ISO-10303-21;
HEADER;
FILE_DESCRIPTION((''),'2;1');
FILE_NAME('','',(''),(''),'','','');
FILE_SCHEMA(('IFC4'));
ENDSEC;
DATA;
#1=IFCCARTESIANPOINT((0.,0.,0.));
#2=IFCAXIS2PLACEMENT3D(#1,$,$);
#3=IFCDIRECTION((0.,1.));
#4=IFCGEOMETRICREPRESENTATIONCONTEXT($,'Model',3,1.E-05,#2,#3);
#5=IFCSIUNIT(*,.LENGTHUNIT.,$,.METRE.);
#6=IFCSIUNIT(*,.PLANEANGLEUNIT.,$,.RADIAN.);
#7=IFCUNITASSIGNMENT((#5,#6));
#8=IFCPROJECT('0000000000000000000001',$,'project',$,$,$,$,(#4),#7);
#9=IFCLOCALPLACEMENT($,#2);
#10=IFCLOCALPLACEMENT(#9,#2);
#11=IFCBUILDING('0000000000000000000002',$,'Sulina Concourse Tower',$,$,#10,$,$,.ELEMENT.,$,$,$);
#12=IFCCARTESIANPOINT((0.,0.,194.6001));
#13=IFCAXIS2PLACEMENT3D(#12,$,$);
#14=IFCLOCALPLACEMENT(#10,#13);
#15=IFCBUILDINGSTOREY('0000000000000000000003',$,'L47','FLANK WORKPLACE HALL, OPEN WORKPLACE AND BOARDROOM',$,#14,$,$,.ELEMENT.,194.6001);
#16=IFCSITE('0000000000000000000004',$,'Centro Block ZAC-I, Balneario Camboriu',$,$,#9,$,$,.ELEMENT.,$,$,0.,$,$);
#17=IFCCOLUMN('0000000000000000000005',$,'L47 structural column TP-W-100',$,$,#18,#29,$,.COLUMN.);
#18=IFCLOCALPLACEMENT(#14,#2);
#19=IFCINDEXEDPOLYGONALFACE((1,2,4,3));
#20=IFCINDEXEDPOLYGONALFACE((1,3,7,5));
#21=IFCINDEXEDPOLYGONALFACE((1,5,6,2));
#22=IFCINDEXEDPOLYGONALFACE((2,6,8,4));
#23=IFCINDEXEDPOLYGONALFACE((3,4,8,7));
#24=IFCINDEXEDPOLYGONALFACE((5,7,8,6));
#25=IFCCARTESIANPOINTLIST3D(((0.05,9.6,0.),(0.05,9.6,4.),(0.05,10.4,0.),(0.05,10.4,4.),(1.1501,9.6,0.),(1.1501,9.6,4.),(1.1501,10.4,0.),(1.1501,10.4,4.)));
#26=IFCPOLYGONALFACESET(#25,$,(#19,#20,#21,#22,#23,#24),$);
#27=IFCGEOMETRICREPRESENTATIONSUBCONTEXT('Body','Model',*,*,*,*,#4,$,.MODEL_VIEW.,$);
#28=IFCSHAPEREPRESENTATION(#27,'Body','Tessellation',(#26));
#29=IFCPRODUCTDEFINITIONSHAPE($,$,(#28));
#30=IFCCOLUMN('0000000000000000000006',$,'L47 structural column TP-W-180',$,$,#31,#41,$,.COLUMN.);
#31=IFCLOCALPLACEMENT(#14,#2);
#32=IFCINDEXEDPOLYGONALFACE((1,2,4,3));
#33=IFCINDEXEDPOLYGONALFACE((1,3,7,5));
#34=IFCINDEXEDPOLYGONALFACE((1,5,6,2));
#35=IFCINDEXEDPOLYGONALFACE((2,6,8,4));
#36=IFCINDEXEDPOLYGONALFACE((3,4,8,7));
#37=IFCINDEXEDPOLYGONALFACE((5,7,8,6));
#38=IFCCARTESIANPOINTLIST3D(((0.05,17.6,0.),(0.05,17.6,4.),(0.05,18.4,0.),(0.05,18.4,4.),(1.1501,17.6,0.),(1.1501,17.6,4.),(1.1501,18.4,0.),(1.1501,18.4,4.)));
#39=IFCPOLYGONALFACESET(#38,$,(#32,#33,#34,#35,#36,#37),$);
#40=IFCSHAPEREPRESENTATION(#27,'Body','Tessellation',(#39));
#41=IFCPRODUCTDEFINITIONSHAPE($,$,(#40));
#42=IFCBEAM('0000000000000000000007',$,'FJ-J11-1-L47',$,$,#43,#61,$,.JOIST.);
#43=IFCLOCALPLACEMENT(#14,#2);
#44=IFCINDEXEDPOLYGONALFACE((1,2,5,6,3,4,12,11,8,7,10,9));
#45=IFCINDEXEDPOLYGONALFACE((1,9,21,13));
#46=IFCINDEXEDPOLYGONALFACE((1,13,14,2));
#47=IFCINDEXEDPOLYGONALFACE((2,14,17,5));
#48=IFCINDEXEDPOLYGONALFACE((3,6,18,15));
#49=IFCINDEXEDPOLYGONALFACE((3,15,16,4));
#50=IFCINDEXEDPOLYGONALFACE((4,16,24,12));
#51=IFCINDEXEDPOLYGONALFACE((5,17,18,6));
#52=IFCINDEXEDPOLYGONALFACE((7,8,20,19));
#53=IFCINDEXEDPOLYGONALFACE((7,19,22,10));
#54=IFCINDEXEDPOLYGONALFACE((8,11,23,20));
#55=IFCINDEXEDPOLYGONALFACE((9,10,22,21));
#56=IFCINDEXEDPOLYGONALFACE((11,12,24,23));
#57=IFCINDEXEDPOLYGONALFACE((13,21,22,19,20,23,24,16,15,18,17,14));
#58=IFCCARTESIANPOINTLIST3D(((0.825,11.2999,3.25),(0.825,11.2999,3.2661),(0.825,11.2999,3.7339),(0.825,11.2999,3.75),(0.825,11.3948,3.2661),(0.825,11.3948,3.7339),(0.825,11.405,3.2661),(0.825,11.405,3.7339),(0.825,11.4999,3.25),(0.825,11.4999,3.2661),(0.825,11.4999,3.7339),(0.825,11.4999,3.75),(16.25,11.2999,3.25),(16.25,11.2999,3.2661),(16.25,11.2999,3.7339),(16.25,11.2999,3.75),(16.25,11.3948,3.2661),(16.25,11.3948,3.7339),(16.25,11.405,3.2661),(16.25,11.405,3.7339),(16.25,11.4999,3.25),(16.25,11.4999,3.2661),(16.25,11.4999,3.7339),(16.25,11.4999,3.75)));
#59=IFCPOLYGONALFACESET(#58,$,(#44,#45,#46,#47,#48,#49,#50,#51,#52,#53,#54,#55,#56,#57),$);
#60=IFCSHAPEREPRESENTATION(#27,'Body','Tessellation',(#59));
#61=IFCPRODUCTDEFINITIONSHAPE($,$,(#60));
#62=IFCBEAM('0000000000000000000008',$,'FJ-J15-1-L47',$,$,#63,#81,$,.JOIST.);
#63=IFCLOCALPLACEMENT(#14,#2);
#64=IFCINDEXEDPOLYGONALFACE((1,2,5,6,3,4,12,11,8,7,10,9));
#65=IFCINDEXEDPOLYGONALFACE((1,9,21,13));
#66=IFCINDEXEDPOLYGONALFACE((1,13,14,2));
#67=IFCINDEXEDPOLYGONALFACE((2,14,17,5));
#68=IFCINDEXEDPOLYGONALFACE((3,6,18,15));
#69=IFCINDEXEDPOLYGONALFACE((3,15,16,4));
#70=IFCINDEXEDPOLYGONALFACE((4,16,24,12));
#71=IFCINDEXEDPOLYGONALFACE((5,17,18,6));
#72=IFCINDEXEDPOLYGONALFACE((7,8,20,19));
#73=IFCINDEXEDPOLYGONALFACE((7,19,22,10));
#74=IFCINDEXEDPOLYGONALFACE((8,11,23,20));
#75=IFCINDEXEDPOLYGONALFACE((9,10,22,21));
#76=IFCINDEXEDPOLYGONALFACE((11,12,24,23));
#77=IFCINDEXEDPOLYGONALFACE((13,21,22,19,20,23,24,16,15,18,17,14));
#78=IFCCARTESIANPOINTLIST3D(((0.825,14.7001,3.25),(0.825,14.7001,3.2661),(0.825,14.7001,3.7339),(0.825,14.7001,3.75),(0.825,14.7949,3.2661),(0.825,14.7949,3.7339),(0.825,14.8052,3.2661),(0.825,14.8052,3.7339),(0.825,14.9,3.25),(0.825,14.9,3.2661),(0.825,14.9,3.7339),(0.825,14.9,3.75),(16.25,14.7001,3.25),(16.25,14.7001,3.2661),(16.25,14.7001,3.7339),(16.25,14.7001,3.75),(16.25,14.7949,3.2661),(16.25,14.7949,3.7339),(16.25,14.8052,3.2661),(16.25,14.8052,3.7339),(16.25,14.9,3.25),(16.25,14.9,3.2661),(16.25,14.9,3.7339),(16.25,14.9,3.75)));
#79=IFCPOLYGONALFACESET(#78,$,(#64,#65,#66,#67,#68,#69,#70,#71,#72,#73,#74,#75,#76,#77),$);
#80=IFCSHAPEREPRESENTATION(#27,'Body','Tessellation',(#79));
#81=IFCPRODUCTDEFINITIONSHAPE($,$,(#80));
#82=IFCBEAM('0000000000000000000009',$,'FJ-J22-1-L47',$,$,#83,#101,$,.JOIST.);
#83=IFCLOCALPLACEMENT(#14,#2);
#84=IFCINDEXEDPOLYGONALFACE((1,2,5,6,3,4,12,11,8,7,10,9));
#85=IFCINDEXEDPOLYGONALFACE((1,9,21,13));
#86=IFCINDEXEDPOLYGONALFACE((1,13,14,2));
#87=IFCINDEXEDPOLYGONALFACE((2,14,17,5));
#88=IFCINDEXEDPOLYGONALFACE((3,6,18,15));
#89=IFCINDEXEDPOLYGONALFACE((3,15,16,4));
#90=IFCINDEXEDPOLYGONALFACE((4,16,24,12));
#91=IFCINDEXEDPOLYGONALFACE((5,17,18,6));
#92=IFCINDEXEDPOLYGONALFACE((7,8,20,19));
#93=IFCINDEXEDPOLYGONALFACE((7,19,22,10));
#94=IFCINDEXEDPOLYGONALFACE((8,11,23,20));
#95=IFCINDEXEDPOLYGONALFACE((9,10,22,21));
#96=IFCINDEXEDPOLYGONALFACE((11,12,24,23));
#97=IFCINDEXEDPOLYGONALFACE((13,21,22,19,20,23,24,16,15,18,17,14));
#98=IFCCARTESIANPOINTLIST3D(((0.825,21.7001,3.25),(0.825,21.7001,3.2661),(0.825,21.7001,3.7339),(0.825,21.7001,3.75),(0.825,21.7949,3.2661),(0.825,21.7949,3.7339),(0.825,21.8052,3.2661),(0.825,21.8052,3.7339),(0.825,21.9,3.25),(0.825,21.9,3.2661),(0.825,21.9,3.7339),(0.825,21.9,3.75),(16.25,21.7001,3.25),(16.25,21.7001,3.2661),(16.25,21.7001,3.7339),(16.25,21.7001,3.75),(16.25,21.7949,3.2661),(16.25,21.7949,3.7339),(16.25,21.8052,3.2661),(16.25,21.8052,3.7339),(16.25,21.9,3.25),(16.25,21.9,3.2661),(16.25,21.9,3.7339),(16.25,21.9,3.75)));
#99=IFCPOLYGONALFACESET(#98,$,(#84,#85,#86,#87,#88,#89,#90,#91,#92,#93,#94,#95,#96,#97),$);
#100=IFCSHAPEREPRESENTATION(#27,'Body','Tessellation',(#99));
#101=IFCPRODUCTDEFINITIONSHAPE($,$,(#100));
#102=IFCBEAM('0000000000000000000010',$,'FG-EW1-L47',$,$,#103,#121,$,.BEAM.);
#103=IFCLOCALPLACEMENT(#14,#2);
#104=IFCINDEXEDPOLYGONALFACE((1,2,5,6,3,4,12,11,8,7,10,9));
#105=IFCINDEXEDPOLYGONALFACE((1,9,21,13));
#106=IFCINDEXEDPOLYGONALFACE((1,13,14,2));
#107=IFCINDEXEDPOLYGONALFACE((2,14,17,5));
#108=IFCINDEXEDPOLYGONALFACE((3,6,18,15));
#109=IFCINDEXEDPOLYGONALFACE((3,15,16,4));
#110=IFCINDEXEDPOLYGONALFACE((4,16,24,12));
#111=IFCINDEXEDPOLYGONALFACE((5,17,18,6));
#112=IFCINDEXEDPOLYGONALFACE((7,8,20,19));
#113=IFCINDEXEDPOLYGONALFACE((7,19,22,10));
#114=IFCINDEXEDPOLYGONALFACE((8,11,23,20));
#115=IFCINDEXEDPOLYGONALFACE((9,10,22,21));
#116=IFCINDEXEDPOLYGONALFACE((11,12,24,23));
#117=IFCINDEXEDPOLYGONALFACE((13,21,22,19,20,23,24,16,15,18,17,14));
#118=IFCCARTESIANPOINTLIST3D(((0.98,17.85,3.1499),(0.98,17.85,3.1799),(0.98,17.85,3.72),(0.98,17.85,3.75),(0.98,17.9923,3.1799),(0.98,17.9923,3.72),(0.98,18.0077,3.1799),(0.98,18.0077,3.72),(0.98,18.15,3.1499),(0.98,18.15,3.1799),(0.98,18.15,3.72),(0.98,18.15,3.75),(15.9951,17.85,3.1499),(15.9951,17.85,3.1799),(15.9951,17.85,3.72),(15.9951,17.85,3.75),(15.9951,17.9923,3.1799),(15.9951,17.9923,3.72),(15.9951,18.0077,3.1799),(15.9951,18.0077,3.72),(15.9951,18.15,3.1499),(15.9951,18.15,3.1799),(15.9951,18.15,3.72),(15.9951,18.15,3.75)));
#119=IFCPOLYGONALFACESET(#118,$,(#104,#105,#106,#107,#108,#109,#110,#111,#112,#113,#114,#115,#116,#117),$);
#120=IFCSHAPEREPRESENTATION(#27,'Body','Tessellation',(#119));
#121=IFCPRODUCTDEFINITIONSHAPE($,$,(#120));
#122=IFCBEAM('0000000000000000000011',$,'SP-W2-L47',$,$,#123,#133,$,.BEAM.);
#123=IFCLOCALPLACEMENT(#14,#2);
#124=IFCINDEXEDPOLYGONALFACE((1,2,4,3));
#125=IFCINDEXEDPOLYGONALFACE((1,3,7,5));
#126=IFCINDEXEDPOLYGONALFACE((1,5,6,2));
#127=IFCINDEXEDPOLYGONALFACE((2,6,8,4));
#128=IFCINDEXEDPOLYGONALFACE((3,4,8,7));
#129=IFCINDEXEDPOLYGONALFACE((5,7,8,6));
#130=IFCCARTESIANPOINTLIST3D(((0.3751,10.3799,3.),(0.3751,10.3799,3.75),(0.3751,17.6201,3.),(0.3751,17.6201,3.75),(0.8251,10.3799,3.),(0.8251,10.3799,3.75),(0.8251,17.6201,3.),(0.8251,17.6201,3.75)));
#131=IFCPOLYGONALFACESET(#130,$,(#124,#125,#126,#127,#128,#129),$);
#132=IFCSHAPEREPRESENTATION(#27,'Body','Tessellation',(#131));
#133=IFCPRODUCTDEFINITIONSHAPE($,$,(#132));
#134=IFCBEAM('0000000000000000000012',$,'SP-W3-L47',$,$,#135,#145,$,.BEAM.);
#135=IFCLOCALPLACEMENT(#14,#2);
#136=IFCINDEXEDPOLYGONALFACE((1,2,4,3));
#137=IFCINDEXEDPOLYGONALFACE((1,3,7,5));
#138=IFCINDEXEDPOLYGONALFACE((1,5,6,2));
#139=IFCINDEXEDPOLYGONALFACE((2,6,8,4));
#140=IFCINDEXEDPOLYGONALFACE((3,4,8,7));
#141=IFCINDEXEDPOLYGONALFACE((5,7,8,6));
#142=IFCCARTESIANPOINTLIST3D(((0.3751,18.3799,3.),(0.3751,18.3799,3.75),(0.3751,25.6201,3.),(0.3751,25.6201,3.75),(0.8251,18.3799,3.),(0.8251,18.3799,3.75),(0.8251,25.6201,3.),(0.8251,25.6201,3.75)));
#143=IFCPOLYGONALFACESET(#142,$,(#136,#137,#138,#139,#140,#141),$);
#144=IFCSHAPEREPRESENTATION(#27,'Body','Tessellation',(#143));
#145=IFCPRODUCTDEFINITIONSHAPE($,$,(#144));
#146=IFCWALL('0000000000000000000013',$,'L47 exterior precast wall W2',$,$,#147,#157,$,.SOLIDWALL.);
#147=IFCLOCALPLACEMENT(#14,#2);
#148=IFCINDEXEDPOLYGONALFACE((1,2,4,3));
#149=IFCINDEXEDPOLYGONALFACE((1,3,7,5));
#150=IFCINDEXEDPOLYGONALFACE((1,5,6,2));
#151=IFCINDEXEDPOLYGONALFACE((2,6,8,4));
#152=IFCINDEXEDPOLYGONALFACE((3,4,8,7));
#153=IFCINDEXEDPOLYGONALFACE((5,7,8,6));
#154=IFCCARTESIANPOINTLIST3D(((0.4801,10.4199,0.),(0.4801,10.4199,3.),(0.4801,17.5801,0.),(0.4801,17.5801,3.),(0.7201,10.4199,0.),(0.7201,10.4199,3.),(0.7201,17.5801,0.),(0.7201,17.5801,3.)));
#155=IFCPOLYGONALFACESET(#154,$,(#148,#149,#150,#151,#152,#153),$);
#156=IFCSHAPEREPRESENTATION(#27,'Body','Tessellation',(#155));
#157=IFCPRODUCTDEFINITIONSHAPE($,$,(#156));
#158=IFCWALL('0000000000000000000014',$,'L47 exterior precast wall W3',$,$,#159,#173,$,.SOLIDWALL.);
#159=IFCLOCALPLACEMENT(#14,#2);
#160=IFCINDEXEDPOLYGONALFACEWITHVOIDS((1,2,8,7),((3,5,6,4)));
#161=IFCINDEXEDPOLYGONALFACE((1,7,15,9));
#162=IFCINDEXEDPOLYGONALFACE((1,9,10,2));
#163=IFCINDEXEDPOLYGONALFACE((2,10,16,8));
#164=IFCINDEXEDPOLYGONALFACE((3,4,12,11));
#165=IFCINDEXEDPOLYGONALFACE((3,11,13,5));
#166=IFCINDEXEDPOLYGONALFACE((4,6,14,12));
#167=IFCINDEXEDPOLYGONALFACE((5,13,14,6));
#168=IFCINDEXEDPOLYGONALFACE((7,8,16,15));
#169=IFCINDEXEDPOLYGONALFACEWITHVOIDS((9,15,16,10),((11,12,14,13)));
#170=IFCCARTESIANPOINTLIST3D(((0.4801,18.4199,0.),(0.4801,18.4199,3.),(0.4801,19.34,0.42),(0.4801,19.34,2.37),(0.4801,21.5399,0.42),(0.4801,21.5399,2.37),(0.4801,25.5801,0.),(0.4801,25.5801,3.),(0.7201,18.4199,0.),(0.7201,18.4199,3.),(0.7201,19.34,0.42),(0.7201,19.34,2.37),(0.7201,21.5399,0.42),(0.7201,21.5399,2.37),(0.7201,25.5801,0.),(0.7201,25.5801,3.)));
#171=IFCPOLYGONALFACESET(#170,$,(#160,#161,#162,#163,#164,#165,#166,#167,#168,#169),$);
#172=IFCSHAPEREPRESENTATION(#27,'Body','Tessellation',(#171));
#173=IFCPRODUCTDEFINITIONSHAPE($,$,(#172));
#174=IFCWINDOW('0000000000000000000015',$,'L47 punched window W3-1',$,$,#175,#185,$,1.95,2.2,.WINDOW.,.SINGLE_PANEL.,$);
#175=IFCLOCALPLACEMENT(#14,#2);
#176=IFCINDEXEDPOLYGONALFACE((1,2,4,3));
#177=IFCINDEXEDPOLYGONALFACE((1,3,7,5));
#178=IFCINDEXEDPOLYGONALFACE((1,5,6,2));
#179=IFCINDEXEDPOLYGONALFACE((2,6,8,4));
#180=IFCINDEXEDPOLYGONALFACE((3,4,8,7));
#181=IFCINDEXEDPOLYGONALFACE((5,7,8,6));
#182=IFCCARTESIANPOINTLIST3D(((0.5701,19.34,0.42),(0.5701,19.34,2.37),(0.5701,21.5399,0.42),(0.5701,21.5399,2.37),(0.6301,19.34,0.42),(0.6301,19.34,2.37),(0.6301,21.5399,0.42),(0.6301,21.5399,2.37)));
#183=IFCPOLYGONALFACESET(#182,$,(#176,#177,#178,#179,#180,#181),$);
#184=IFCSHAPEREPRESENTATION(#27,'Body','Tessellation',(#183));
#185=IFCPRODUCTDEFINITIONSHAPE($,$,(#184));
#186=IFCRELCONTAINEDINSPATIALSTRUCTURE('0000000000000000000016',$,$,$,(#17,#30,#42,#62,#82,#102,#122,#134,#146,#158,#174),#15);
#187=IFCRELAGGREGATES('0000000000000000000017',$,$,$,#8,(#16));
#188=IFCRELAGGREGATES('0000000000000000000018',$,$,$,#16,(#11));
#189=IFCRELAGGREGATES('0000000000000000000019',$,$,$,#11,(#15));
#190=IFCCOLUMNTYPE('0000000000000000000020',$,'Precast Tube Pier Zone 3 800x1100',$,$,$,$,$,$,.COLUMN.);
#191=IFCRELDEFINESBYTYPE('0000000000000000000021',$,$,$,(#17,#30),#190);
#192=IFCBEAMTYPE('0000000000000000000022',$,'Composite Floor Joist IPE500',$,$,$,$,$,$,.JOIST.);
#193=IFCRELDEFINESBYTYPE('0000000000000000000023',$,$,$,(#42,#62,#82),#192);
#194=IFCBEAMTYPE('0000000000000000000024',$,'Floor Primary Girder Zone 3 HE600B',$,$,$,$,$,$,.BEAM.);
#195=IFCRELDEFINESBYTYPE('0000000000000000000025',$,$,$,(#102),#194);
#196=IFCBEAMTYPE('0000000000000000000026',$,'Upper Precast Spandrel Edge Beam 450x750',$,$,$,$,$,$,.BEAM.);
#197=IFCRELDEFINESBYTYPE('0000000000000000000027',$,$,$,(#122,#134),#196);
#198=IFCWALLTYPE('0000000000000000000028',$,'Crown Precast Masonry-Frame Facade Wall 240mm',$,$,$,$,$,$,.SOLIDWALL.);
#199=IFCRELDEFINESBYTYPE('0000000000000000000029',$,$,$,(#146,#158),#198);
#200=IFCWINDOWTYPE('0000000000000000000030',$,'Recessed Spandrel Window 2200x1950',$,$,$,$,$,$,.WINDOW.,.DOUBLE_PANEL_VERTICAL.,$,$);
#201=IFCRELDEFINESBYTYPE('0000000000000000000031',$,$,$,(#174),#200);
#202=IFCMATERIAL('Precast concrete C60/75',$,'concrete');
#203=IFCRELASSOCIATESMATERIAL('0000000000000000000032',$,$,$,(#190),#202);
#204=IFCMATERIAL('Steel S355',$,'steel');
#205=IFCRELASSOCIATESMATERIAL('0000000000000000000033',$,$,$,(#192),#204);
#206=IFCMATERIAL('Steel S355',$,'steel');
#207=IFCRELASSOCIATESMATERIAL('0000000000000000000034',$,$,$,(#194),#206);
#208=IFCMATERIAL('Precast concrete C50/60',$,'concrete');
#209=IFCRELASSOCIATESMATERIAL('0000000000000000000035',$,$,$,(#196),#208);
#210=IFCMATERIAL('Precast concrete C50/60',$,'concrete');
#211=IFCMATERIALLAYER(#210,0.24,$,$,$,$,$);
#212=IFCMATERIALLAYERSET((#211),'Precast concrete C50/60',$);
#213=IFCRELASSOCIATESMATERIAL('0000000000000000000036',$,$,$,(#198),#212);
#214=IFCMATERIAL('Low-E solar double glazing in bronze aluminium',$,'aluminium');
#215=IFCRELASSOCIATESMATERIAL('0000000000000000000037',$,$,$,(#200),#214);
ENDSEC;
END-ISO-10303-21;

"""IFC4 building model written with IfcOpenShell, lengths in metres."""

from ifc_helpers import new_model, si_unit, direction, frame, frame_2d, origin, origin_2d, place, context, subcontext, project, spatial, rectangle, i_section, extrude, material, layer, layer_set, material_profile, profile_set, type_object, element, fill, save


model = new_model("IFC4")

# Units and contexts
model_context = context("Model", 3, precision=1e-05, world=origin(), true_north=direction((0.0, 1.0)))
body_context = subcontext(model_context, "Body", "Model", "MODEL_VIEW")
ifc_project = project(units=[si_unit("LENGTHUNIT", "METRE"), si_unit("PLANEANGLEUNIT", "RADIAN")], contexts=[model_context])

# Site, building, storey
site_placement = place(None, origin())
site = spatial("IfcSite", under=ifc_project, at=site_placement, Name="Centro Block ZAC-I, Balneario Camboriu", CompositionType="ELEMENT", RefElevation=0.0)
building_placement = place(site_placement, origin())
building = spatial("IfcBuilding", under=site, at=building_placement, Name="Sulina Concourse Tower", CompositionType="ELEMENT")
storey_placement = place(building_placement, frame((0.0, 0.0, 194.6001)))
storey = spatial("IfcBuildingStorey", under=building, at=storey_placement, Name="L47", Description="FLANK WORKPLACE HALL, OPEN WORKPLACE AND BOARDROOM", CompositionType="ELEMENT", Elevation=194.6001)

# Columns
ifc_material_1 = material(Name="Precast concrete C60/75", Category="concrete")
ifc_material_profile_1 = material_profile(ifc_material_1, rectangle(XDim=0.8, YDim=1.1001, at=origin_2d()), Name="PC 800x1100")
ifc_profile_set_1 = profile_set([ifc_material_profile_1], Name="Precast concrete C60/75")
column_type = type_object("IfcColumnType", Name="Precast Tube Pier Zone 3 800x1100", PredefinedType="COLUMN", material=ifc_profile_set_1)
for number, where, z_axis, x_axis, name in (
    (1, (0.6001, 10.0, 0.0), (0.0, 0.0, 1.0), (0.0, 1.0, 0.0), "L47 structural column TP-W-100"),
    (2, (0.6001, 18.0, 0.0), (0.0, 0.0, 1.0), (0.0, 1.0, 0.0), "L47 structural column TP-W-180"),
):
    element("IfcColumn", number, at=place(storey_placement, frame(where, z_axis=z_axis, x_axis=x_axis)), inside=storey, type_object=column_type, Name=name, PredefinedType="COLUMN", context=body_context, shape_type="SweptSolid", body=[
        extrude(rectangle(XDim=0.8, YDim=1.1001, at=origin_2d()), origin(), (0.0, 0.0, 1.0), 4.0),
    ])

# Beams
ifc_material_2 = material(Name="Steel S355", Category="steel")
ifc_material_profile_2 = material_profile(ifc_material_2, i_section(OverallWidth=0.2, OverallDepth=0.5, WebThickness=0.0103, FlangeThickness=0.0161, at=origin_2d()), Name="IPE 500")
ifc_profile_set_2 = profile_set([ifc_material_profile_2], Name="Steel S355")
beam_type_1 = type_object("IfcBeamType", Name="Composite Floor Joist IPE500", PredefinedType="JOIST", material=ifc_profile_set_2)
for number, where, z_axis, x_axis, name in (
    (3, (0.825, 11.3999, 3.5), (1.0, 0.0, 0.0), (0.0, 1.0, 0.0), "FJ-J11-1-L47"),
    (4, (0.825, 14.8, 3.5), (1.0, 0.0, 0.0), (0.0, 1.0, 0.0), "FJ-J15-1-L47"),
    (5, (0.825, 21.8, 3.5), (1.0, 0.0, 0.0), (0.0, 1.0, 0.0), "FJ-J22-1-L47"),
):
    element("IfcBeam", number, at=place(storey_placement, frame(where, z_axis=z_axis, x_axis=x_axis)), inside=storey, type_object=beam_type_1, Name=name, PredefinedType="JOIST", context=body_context, shape_type="SweptSolid", body=[
        extrude(i_section(OverallWidth=0.2, OverallDepth=0.5, WebThickness=0.0103, FlangeThickness=0.0161, at=origin_2d()), origin(), (0.0, 0.0, 1.0), 15.425),
    ])
ifc_material_3 = material(Name="Steel S355", Category="steel")
ifc_material_profile_3 = material_profile(ifc_material_3, i_section(OverallWidth=0.3, OverallDepth=0.6001, WebThickness=0.0154, FlangeThickness=0.03, at=origin_2d()), Name="HE 600 B")
ifc_profile_set_3 = profile_set([ifc_material_profile_3], Name="Steel S355")
beam_type_2 = type_object("IfcBeamType", Name="Floor Primary Girder Zone 3 HE600B", PredefinedType="BEAM", material=ifc_profile_set_3)
beam_placement = place(storey_placement, frame((0.98, 18.0, 3.45), z_axis=(1.0, 0.0, 0.0), x_axis=(0.0, 1.0, 0.0)))
element("IfcBeam", 6, at=beam_placement, inside=storey, type_object=beam_type_2, Name="FG-EW1-L47", PredefinedType="BEAM", context=body_context, shape_type="SweptSolid", body=[
    extrude(i_section(OverallWidth=0.3, OverallDepth=0.6001, WebThickness=0.0154, FlangeThickness=0.03, at=origin_2d()), origin(), (0.0, 0.0, 1.0), 15.0151),
])
ifc_material_4 = material(Name="Precast concrete C50/60", Category="concrete")
ifc_material_profile_4 = material_profile(ifc_material_4, rectangle(XDim=0.45, YDim=0.75, at=origin_2d()), Name="RC 450x750")
ifc_profile_set_4 = profile_set([ifc_material_profile_4], Name="Precast concrete C50/60")
beam_type_3 = type_object("IfcBeamType", Name="Upper Precast Spandrel Edge Beam 450x750", PredefinedType="BEAM", material=ifc_profile_set_4)
for number, where, z_axis, x_axis, name in (
    (7, (0.6001, 10.3799, 3.375), (0.0, 1.0, 0.0), (-1.0, 0.0, 0.0), "SP-W2-L47"),
    (8, (0.6001, 18.3799, 3.375), (0.0, 1.0, 0.0), (-1.0, 0.0, 0.0), "SP-W3-L47"),
):
    element("IfcBeam", number, at=place(storey_placement, frame(where, z_axis=z_axis, x_axis=x_axis)), inside=storey, type_object=beam_type_3, Name=name, PredefinedType="BEAM", context=body_context, shape_type="SweptSolid", body=[
        extrude(rectangle(XDim=0.45, YDim=0.75, at=origin_2d()), origin(), (0.0, 0.0, 1.0), 7.2402),
    ])

# Wall
ifc_material_5 = material(Name="Precast concrete C50/60", Category="concrete")
ifc_layer_1 = layer(ifc_material_5, 0.24)
ifc_layer_set_1 = layer_set([ifc_layer_1], Name="Precast concrete C50/60")
wall_type_1 = type_object("IfcWallType", Name="Crown Precast Masonry-Frame Facade Wall 240mm", PredefinedType="SOLIDWALL", material=ifc_layer_set_1)
wall_1_placement = place(storey_placement, frame((0.6001, 10.4199, 0.0), z_axis=(0.0, 0.0, 1.0), x_axis=(0.0, 1.0, 0.0)))
element("IfcWall", 9, at=wall_1_placement, inside=storey, type_object=wall_type_1, Name="L47 exterior precast wall W2", PredefinedType="SOLIDWALL", context=body_context, shape_type="SweptSolid", body=[
    extrude(rectangle(XDim=7.1602, YDim=0.24, at=frame_2d((3.5801, 0.0))), origin(), (0.0, 0.0, 1.0), 3.0),
])

# Wall, opening, window
wall_2_placement = place(storey_placement, frame((0.6001, 18.4199, 0.0), z_axis=(0.0, 0.0, 1.0), x_axis=(0.0, 1.0, 0.0)))
wall_2 = element("IfcWall", 10, at=wall_2_placement, inside=storey, type_object=wall_type_1, Name="L47 exterior precast wall W3", PredefinedType="SOLIDWALL", context=body_context, shape_type="SweptSolid", body=[
    extrude(rectangle(XDim=7.1602, YDim=0.24, at=frame_2d((3.5801, 0.0))), origin(), (0.0, 0.0, 1.0), 3.0),
])
opening_1_placement = place(wall_2_placement, frame((0.9199, 0.0, 0.4199)))
opening_1 = element("IfcOpeningElement", 11, at=opening_1_placement, cuts=wall_2, PredefinedType="OPENING", context=body_context, shape_type="SweptSolid", body=[
    extrude(rectangle(XDim=2.2, YDim=1.95, at=frame_2d((1.1001, 0.9751))), frame((0.0, 0.1299, 0.0), z_axis=(0.0, -1.0, 0.0), x_axis=(1.0, 0.0, 0.0)), (0.0, 0.0, 1.0), 0.26),
])
ifc_material_6 = material(Name="Low-E solar double glazing in bronze aluminium", Category="aluminium")
window_type = type_object("IfcWindowType", Name="Recessed Spandrel Window 2200x1950", PartitioningType="DOUBLE_PANEL_VERTICAL", PredefinedType="WINDOW", material=ifc_material_6)
window_placement = place(opening_1_placement, origin())
window = element("IfcWindow", 12, at=window_placement, inside=storey, type_object=window_type, Name="L47 punched window W3-1", OverallHeight=1.95, OverallWidth=2.2, PartitioningType="SINGLE_PANEL", PredefinedType="WINDOW", context=body_context, shape_type="SweptSolid", body=[
    extrude(rectangle(XDim=2.2, YDim=1.95, at=frame_2d((1.1001, 0.9751))), frame((0.0, 0.03, 0.0), z_axis=(0.0, -1.0, 0.0), x_axis=(1.0, 0.0, 0.0)), (0.0, 0.0, 1.0), 0.0601),
])
fill(opening_1, window)

save(model, "model.ifc")
